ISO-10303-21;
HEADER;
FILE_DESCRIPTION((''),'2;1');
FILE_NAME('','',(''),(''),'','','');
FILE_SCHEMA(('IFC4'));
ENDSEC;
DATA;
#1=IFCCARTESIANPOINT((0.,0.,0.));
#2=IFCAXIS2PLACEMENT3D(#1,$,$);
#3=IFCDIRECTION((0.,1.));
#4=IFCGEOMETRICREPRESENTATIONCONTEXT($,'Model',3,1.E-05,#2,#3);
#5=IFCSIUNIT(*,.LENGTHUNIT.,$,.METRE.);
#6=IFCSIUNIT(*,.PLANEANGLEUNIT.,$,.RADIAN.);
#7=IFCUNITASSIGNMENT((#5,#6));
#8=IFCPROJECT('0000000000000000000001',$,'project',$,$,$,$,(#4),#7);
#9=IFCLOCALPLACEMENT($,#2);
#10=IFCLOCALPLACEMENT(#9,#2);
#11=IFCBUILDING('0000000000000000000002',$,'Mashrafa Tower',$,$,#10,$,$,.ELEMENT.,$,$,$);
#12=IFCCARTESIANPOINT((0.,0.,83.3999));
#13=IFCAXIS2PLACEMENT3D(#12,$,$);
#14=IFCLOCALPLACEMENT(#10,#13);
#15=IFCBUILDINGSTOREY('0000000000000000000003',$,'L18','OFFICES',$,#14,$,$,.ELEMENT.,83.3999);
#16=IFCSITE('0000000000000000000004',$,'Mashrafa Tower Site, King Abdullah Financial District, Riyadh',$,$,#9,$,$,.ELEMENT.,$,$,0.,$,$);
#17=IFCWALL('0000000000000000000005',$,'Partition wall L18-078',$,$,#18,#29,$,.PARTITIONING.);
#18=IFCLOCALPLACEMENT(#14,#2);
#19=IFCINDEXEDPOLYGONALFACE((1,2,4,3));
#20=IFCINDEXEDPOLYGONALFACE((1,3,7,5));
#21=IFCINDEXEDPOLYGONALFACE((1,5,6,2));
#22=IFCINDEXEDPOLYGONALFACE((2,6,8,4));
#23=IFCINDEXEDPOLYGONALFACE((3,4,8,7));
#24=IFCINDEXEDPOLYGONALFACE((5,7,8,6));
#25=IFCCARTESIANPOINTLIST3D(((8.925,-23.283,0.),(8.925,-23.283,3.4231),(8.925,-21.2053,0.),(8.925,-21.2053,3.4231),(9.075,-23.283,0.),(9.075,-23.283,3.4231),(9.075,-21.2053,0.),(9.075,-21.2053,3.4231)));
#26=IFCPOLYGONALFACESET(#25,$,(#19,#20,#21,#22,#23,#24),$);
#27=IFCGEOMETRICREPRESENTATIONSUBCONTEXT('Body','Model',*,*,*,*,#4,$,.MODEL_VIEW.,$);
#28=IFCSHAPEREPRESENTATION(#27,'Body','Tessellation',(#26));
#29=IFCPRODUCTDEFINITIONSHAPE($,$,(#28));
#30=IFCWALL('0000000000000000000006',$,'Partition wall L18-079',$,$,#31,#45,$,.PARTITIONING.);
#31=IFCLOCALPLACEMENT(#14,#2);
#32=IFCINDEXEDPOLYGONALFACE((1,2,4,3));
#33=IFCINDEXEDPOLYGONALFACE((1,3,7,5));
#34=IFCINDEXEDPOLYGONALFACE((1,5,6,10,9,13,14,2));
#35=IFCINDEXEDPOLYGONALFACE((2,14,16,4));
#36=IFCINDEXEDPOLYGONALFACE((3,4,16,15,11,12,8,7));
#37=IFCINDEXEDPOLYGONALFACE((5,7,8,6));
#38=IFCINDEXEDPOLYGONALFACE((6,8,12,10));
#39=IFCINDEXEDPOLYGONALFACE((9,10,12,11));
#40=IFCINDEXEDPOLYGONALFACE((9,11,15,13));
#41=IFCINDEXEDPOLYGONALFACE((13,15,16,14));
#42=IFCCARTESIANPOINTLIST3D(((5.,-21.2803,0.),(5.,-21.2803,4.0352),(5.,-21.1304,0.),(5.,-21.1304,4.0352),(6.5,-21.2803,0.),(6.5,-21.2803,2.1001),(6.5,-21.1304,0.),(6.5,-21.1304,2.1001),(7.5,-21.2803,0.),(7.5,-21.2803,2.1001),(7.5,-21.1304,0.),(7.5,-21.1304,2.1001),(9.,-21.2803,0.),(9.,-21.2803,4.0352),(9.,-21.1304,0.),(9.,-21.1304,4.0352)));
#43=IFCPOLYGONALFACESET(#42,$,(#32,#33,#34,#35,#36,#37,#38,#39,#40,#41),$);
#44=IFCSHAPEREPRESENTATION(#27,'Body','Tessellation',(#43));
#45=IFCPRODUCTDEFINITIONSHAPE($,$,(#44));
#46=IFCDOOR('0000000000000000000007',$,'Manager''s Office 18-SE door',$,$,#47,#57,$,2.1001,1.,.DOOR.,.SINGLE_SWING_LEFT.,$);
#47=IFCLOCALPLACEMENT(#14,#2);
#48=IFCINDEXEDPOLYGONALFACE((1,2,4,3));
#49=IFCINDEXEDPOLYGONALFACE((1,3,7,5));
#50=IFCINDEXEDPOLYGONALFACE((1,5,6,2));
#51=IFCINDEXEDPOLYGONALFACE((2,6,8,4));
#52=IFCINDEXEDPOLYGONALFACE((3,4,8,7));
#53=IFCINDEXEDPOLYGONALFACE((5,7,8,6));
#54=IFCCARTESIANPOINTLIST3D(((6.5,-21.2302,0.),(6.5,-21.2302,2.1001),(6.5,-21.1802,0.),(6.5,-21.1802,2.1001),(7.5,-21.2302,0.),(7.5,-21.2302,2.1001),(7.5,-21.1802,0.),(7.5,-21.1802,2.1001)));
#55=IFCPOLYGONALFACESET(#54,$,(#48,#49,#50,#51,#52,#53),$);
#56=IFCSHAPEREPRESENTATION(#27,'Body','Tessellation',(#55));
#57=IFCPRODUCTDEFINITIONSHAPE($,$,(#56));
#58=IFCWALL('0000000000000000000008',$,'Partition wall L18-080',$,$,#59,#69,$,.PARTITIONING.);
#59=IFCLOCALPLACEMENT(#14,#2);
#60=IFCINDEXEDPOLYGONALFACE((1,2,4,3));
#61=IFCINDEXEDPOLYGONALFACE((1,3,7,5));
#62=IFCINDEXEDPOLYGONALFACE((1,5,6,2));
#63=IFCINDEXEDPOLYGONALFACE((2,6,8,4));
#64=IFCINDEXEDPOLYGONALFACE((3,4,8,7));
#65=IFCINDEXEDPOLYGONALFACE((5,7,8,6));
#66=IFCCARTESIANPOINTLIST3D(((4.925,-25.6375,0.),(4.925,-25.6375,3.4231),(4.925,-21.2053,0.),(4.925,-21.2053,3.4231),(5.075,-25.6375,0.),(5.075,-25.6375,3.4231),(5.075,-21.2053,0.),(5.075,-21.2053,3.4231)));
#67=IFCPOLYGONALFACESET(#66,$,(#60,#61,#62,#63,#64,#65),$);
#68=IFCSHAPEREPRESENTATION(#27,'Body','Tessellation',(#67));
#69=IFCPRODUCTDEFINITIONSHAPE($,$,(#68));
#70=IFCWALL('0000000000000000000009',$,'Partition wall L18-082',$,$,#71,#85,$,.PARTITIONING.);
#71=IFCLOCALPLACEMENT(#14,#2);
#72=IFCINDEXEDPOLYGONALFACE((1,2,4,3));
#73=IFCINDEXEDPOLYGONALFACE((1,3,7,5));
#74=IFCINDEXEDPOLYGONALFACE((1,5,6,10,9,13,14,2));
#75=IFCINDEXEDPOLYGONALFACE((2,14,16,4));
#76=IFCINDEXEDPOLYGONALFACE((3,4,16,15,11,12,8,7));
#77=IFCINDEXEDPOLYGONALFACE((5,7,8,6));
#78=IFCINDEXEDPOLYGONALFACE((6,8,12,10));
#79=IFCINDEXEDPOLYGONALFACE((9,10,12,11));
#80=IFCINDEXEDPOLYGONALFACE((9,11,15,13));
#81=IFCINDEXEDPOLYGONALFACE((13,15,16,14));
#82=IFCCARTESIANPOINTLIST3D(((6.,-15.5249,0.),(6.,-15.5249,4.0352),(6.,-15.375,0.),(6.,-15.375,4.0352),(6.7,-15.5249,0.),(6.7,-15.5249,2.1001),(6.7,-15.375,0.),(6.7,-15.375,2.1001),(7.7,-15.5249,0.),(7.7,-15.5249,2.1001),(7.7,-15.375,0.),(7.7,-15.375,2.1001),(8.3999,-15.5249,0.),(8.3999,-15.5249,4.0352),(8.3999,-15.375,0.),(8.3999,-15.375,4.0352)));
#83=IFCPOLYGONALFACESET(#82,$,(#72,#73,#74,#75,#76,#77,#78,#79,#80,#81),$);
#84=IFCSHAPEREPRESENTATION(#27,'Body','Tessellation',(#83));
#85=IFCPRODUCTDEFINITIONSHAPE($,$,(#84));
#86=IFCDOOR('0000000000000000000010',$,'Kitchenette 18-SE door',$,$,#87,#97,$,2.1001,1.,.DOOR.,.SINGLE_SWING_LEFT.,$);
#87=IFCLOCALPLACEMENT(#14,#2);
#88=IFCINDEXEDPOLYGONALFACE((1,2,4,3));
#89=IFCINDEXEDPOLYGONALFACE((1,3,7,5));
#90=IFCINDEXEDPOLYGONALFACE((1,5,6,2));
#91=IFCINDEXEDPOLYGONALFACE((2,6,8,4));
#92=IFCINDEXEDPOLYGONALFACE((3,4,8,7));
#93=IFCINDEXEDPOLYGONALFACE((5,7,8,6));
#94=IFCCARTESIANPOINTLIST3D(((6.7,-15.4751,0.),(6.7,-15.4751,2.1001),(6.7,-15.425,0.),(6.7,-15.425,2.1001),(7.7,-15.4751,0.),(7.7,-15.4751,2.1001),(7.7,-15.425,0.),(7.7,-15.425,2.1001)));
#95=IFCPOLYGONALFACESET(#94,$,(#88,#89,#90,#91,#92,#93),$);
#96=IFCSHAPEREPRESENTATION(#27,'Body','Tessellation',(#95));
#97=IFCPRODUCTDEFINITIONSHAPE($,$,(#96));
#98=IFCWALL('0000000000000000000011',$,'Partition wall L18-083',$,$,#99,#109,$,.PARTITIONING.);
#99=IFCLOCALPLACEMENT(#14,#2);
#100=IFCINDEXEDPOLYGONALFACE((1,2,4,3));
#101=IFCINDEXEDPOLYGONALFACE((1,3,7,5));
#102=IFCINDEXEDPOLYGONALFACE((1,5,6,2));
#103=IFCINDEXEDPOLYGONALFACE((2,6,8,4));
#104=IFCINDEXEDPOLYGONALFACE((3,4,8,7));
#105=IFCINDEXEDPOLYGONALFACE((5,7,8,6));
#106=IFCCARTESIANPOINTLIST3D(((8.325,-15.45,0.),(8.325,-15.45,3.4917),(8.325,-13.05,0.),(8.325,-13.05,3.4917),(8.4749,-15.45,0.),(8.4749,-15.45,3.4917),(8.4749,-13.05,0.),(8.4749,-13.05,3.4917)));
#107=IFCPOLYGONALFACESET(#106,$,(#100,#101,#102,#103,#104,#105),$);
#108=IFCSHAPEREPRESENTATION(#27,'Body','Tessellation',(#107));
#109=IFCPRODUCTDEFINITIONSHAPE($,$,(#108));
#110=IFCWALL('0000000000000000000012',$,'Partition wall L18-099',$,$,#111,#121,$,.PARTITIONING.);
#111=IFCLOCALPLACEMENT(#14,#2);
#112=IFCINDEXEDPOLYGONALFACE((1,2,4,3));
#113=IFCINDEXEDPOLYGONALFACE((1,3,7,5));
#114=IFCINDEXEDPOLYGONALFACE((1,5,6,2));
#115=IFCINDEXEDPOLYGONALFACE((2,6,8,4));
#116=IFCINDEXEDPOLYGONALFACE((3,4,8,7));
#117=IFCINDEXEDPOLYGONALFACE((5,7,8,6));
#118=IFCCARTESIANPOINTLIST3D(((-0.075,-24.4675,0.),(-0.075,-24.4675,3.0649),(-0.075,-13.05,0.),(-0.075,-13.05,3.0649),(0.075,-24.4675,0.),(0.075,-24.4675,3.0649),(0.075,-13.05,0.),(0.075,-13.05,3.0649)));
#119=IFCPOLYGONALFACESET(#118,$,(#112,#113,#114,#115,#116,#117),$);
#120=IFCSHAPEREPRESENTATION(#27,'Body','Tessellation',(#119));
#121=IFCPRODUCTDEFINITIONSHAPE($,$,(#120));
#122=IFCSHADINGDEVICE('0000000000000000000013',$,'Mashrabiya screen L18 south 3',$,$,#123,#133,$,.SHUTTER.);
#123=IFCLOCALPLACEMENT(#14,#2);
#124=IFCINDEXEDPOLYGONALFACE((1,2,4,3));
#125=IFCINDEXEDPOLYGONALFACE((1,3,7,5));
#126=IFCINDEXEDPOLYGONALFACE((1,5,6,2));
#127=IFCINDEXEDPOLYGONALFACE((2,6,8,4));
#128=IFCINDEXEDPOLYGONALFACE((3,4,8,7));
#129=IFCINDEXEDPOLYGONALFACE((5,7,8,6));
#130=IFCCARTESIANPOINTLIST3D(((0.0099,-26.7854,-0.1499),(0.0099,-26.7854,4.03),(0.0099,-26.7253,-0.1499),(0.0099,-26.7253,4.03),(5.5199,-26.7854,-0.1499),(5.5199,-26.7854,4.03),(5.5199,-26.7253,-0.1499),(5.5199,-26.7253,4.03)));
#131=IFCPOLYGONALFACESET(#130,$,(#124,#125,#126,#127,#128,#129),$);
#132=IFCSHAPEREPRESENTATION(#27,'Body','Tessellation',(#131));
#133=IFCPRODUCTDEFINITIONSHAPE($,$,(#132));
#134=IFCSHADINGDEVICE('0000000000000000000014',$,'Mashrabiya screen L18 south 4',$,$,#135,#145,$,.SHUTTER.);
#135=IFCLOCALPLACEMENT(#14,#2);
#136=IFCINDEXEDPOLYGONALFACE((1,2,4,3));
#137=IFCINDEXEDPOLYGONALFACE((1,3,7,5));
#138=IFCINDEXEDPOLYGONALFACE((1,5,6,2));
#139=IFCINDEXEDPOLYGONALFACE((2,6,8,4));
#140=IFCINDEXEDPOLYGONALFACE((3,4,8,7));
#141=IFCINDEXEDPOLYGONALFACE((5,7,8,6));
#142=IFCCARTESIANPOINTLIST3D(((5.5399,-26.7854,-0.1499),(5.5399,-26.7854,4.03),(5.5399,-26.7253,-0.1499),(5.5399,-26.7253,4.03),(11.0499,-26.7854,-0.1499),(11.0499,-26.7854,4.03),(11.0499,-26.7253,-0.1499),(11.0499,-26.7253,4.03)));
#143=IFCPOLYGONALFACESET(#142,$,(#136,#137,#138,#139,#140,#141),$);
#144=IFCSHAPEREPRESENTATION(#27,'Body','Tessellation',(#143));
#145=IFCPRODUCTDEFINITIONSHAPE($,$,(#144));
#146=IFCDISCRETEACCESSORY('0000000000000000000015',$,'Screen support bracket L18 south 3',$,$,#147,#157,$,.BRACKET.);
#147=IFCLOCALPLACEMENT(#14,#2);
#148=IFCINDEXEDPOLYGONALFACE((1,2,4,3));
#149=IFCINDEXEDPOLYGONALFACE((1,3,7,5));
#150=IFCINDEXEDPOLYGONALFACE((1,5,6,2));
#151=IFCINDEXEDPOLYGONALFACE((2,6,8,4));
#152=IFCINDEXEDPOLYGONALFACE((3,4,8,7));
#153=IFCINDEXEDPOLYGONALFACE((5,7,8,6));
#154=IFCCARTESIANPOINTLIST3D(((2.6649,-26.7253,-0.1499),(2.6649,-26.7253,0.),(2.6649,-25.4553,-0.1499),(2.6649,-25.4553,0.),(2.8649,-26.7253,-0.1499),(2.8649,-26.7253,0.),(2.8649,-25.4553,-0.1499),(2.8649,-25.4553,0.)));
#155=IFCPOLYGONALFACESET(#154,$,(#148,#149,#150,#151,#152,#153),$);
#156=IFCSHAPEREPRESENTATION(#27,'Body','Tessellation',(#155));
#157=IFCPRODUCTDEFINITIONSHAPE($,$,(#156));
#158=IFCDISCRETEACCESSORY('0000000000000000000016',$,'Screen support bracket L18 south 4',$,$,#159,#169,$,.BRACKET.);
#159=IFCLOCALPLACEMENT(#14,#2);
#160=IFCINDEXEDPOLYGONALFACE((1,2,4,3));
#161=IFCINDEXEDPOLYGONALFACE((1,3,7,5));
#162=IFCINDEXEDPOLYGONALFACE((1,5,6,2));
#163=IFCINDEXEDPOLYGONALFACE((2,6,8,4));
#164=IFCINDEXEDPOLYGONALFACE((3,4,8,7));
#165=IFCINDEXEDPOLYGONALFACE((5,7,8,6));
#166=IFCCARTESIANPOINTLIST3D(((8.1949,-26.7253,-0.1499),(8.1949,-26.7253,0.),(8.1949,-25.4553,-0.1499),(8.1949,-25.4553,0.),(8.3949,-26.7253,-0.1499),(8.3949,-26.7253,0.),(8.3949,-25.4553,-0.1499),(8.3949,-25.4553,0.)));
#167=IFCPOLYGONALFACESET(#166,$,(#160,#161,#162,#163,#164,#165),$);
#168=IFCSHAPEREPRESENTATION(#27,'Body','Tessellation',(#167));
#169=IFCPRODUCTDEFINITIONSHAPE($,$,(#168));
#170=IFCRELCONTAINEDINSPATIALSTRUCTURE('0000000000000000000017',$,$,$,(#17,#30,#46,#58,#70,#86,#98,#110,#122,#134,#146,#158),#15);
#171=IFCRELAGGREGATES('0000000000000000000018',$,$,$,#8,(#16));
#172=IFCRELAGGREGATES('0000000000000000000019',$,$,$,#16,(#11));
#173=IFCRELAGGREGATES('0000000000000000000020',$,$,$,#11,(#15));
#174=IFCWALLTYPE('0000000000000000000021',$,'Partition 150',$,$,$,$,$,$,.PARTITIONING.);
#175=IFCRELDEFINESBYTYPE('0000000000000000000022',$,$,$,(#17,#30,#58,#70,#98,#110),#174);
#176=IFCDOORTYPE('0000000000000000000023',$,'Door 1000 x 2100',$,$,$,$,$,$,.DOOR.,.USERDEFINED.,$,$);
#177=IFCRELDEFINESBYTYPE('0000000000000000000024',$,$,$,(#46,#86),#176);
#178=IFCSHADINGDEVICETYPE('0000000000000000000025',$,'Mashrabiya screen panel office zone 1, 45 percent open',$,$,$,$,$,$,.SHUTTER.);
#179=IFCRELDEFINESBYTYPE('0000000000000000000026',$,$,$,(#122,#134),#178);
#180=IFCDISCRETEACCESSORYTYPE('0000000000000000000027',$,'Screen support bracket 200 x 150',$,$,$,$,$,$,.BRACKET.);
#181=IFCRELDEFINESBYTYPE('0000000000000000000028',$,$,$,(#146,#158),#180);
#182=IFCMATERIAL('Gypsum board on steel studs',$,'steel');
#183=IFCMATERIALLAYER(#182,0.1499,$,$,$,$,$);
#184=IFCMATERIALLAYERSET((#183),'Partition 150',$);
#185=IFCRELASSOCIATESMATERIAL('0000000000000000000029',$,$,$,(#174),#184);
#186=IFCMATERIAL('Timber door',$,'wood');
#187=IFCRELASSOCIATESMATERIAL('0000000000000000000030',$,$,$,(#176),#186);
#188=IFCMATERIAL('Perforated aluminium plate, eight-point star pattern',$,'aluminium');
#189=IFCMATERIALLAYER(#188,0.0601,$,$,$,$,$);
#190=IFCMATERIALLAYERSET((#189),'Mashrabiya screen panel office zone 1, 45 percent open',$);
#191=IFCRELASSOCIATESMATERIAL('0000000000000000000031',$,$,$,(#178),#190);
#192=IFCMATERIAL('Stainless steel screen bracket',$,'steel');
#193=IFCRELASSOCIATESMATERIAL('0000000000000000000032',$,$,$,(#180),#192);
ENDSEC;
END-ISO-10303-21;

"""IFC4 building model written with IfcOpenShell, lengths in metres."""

from ifc_helpers import new_model, si_unit, direction, frame, frame_2d, origin, origin_2d, place, context, subcontext, project, spatial, rectangle, extrude, source, transform, mapped, material, layer, layer_set, type_object, type_shapes, element, fill, save


model = new_model("IFC4")

# Units and contexts
model_context = context("Model", 3, precision=1e-05, world=origin(), true_north=direction((0.0, 1.0)))
body_context = subcontext(model_context, "Body", "Model", "MODEL_VIEW")
ifc_project = project(units=[si_unit("LENGTHUNIT", "METRE"), si_unit("PLANEANGLEUNIT", "RADIAN")], contexts=[model_context])

# Site, building, storey
site_placement = place(None, origin())
site = spatial("IfcSite", under=ifc_project, at=site_placement, Name="Mashrafa Tower Site, King Abdullah Financial District, Riyadh", CompositionType="ELEMENT", RefElevation=0.0)
building_placement = place(site_placement, origin())
building = spatial("IfcBuilding", under=site, at=building_placement, Name="Mashrafa Tower", CompositionType="ELEMENT")
storey_placement = place(building_placement, frame((0.0, 0.0, 83.3999)))
storey = spatial("IfcBuildingStorey", under=building, at=storey_placement, Name="L18", Description="OFFICES", CompositionType="ELEMENT", Elevation=83.3999)

# Wall
ifc_material_1 = material(Name="Gypsum board on steel studs", Category="steel")
ifc_layer_1 = layer(ifc_material_1, 0.1499)
ifc_layer_set_1 = layer_set([ifc_layer_1], Name="Partition 150")
wall_type_1 = type_object("IfcWallType", Name="Partition 150", PredefinedType="PARTITIONING", material=ifc_layer_set_1)
wall_1_placement = place(storey_placement, frame((9.0, -23.283, 0.0), z_axis=(0.0, 0.0, 1.0), x_axis=(0.0, 1.0, 0.0)))
element("IfcWall", 1, at=wall_1_placement, inside=storey, type_object=wall_type_1, Name="Partition wall L18-078", PredefinedType="PARTITIONING", context=body_context, shape_type="SweptSolid", body=[
    extrude(rectangle(XDim=2.0776, YDim=0.1499, at=frame_2d((1.0388, 0.0))), origin(), (0.0, 0.0, 1.0), 3.4231),
])

# Wall, opening, door
wall_2_placement = place(storey_placement, frame((9.0, -21.2053, 0.0), z_axis=(0.0, 0.0, 1.0), x_axis=(-1.0, 0.0, 0.0)))
wall_2 = element("IfcWall", 2, at=wall_2_placement, inside=storey, type_object=wall_type_1, Name="Partition wall L18-079", PredefinedType="PARTITIONING", context=body_context, shape_type="SweptSolid", body=[
    extrude(rectangle(XDim=4.0, YDim=0.1499, at=frame_2d((2.0, 0.0))), origin(), (0.0, 0.0, 1.0), 4.0352),
])
opening_1_placement = place(wall_2_placement, frame((1.5, 0.0, 0.0)))
opening_1 = element("IfcOpeningElement", 3, at=opening_1_placement, cuts=wall_2, PredefinedType="OPENING", context=body_context, shape_type="SweptSolid", body=[
    extrude(rectangle(XDim=1.0, YDim=2.1001, at=frame_2d((0.5, 1.05))), frame((0.0, 0.085, 0.0), z_axis=(0.0, -1.0, 0.0), x_axis=(1.0, 0.0, 0.0)), (0.0, 0.0, 1.0), 0.1699),
])
ifc_material_2 = material(Name="Timber door", Category="wood")
door_type = type_object("IfcDoorType", Name="Door 1000 x 2100", OperationType="USERDEFINED", PredefinedType="DOOR", material=ifc_material_2)
door_1_placement = place(opening_1_placement, origin())
door_1 = element("IfcDoor", 4, at=door_1_placement, inside=storey, type_object=door_type, Name="Manager's Office 18-SE door", OperationType="SINGLE_SWING_LEFT", OverallHeight=2.1001, OverallWidth=1.0, PredefinedType="DOOR", context=body_context, shape_type="SweptSolid", body=[
    extrude(rectangle(XDim=1.0, YDim=2.1001, at=frame_2d((0.5, 1.05))), frame((0.0, 0.0249, 0.0), z_axis=(0.0, -1.0, 0.0), x_axis=(1.0, 0.0, 0.0)), (0.0, 0.0, 1.0), 0.05),
])
fill(opening_1, door_1)

# Wall
wall_3_placement = place(storey_placement, frame((5.0, -21.2053, 0.0), z_axis=(0.0, 0.0, 1.0), x_axis=(0.0, -1.0, 0.0)))
element("IfcWall", 5, at=wall_3_placement, inside=storey, type_object=wall_type_1, Name="Partition wall L18-080", PredefinedType="PARTITIONING", context=body_context, shape_type="SweptSolid", body=[
    extrude(rectangle(XDim=4.4321, YDim=0.1499, at=frame_2d((2.2161, 0.0))), origin(), (0.0, 0.0, 1.0), 3.4231),
])

# Wall, opening, door
wall_4_placement = place(storey_placement, frame((6.0, -15.45, 0.0), z_axis=(0.0, 0.0, 1.0), x_axis=(1.0, 0.0, 0.0)))
wall_4 = element("IfcWall", 6, at=wall_4_placement, inside=storey, type_object=wall_type_1, Name="Partition wall L18-082", PredefinedType="PARTITIONING", context=body_context, shape_type="SweptSolid", body=[
    extrude(rectangle(XDim=2.3999, YDim=0.1499, at=frame_2d((1.2, 0.0))), origin(), (0.0, 0.0, 1.0), 4.0352),
])
opening_2_placement = place(wall_4_placement, frame((0.7, 0.0, 0.0)))
opening_2 = element("IfcOpeningElement", 7, at=opening_2_placement, cuts=wall_4, PredefinedType="OPENING", context=body_context, shape_type="SweptSolid", body=[
    extrude(rectangle(XDim=1.0, YDim=2.1001, at=frame_2d((0.5, 1.05))), frame((0.0, 0.085, 0.0), z_axis=(0.0, -1.0, 0.0), x_axis=(1.0, 0.0, 0.0)), (0.0, 0.0, 1.0), 0.1699),
])
door_2_placement = place(opening_2_placement, origin())
door_2 = element("IfcDoor", 8, at=door_2_placement, inside=storey, type_object=door_type, Name="Kitchenette 18-SE door", OperationType="SINGLE_SWING_LEFT", OverallHeight=2.1001, OverallWidth=1.0, PredefinedType="DOOR", context=body_context, shape_type="SweptSolid", body=[
    extrude(rectangle(XDim=1.0, YDim=2.1001, at=frame_2d((0.5, 1.05))), frame((0.0, 0.0249, 0.0), z_axis=(0.0, -1.0, 0.0), x_axis=(1.0, 0.0, 0.0)), (0.0, 0.0, 1.0), 0.05),
])
fill(opening_2, door_2)

# Walls
wall_5_placement = place(storey_placement, frame((8.3999, -15.45, 0.0), z_axis=(0.0, 0.0, 1.0), x_axis=(0.0, 1.0, 0.0)))
element("IfcWall", 9, at=wall_5_placement, inside=storey, type_object=wall_type_1, Name="Partition wall L18-083", PredefinedType="PARTITIONING", context=body_context, shape_type="SweptSolid", body=[
    extrude(rectangle(XDim=2.3999, YDim=0.1499, at=frame_2d((1.2, 0.0))), origin(), (0.0, 0.0, 1.0), 3.4917),
])
wall_6_placement = place(storey_placement, frame((0.0, -13.05, 0.0), z_axis=(0.0, 0.0, 1.0), x_axis=(0.0, -1.0, 0.0)))
element("IfcWall", 10, at=wall_6_placement, inside=storey, type_object=wall_type_1, Name="Partition wall L18-099", PredefinedType="PARTITIONING", context=body_context, shape_type="SweptSolid", body=[
    extrude(rectangle(XDim=11.4175, YDim=0.1499, at=frame_2d((5.7087, 0.0))), origin(), (0.0, 0.0, 1.0), 3.0649),
])

# Shading devices
ifc_material_3 = material(Name="Perforated aluminium plate, eight-point star pattern", Category="aluminium")
ifc_layer_2 = layer(ifc_material_3, 0.0601)
ifc_layer_set_2 = layer_set([ifc_layer_2], Name="Mashrabiya screen panel office zone 1, 45 percent open")
shading_device_type = type_object("IfcShadingDeviceType", Name="Mashrabiya screen panel office zone 1, 45 percent open", PredefinedType="SHUTTER", material=ifc_layer_set_2)
shared_shape_1 = source(origin(), body_context, "Body", "SweptSolid", [
    extrude(rectangle(XDim=5.51, YDim=0.0601, at=origin_2d()), origin(), (0.0, 0.0, 1.0), 4.1799),
])
type_shapes(shading_device_type, [shared_shape_1])
for number, where, z_axis, x_axis, name in (
    (11, (2.7649, -26.7554, -0.1499), (0.0, 0.0, 1.0), (1.0, 0.0, 0.0), "Mashrabiya screen L18 south 3"),
    (12, (8.2949, -26.7554, -0.1499), (0.0, 0.0, 1.0), (1.0, 0.0, 0.0), "Mashrabiya screen L18 south 4"),
):
    element("IfcShadingDevice", number, at=place(storey_placement, frame(where, z_axis=z_axis, x_axis=x_axis)), inside=storey, type_object=shading_device_type, Name=name, PredefinedType="SHUTTER", context=body_context, shape_type="MappedRepresentation", body=[
        mapped(shared_shape_1, transform((0.0, 0.0, 0.0))),
    ])

# Discrete accessories
ifc_material_4 = material(Name="Stainless steel screen bracket", Category="steel")
discrete_accessory_type = type_object("IfcDiscreteAccessoryType", Name="Screen support bracket 200 x 150", PredefinedType="BRACKET", material=ifc_material_4)
shared_shape_2 = source(origin(), body_context, "Body", "SweptSolid", [
    extrude(rectangle(XDim=0.2, YDim=1.27, at=origin_2d()), origin(), (0.0, 0.0, 1.0), 0.1499),
])
type_shapes(discrete_accessory_type, [shared_shape_2])
for number, where, z_axis, x_axis, name in (
    (13, (2.7649, -26.0903, -0.1499), (0.0, 0.0, 1.0), (1.0, 0.0, 0.0), "Screen support bracket L18 south 3"),
    (14, (8.2949, -26.0903, -0.1499), (0.0, 0.0, 1.0), (1.0, 0.0, 0.0), "Screen support bracket L18 south 4"),
):
    element("IfcDiscreteAccessory", number, at=place(storey_placement, frame(where, z_axis=z_axis, x_axis=x_axis)), inside=storey, type_object=discrete_accessory_type, Name=name, PredefinedType="BRACKET", context=body_context, shape_type="MappedRepresentation", body=[
        mapped(shared_shape_2, transform((0.0, 0.0, 0.0))),
    ])

save(model, "model.ifc")
